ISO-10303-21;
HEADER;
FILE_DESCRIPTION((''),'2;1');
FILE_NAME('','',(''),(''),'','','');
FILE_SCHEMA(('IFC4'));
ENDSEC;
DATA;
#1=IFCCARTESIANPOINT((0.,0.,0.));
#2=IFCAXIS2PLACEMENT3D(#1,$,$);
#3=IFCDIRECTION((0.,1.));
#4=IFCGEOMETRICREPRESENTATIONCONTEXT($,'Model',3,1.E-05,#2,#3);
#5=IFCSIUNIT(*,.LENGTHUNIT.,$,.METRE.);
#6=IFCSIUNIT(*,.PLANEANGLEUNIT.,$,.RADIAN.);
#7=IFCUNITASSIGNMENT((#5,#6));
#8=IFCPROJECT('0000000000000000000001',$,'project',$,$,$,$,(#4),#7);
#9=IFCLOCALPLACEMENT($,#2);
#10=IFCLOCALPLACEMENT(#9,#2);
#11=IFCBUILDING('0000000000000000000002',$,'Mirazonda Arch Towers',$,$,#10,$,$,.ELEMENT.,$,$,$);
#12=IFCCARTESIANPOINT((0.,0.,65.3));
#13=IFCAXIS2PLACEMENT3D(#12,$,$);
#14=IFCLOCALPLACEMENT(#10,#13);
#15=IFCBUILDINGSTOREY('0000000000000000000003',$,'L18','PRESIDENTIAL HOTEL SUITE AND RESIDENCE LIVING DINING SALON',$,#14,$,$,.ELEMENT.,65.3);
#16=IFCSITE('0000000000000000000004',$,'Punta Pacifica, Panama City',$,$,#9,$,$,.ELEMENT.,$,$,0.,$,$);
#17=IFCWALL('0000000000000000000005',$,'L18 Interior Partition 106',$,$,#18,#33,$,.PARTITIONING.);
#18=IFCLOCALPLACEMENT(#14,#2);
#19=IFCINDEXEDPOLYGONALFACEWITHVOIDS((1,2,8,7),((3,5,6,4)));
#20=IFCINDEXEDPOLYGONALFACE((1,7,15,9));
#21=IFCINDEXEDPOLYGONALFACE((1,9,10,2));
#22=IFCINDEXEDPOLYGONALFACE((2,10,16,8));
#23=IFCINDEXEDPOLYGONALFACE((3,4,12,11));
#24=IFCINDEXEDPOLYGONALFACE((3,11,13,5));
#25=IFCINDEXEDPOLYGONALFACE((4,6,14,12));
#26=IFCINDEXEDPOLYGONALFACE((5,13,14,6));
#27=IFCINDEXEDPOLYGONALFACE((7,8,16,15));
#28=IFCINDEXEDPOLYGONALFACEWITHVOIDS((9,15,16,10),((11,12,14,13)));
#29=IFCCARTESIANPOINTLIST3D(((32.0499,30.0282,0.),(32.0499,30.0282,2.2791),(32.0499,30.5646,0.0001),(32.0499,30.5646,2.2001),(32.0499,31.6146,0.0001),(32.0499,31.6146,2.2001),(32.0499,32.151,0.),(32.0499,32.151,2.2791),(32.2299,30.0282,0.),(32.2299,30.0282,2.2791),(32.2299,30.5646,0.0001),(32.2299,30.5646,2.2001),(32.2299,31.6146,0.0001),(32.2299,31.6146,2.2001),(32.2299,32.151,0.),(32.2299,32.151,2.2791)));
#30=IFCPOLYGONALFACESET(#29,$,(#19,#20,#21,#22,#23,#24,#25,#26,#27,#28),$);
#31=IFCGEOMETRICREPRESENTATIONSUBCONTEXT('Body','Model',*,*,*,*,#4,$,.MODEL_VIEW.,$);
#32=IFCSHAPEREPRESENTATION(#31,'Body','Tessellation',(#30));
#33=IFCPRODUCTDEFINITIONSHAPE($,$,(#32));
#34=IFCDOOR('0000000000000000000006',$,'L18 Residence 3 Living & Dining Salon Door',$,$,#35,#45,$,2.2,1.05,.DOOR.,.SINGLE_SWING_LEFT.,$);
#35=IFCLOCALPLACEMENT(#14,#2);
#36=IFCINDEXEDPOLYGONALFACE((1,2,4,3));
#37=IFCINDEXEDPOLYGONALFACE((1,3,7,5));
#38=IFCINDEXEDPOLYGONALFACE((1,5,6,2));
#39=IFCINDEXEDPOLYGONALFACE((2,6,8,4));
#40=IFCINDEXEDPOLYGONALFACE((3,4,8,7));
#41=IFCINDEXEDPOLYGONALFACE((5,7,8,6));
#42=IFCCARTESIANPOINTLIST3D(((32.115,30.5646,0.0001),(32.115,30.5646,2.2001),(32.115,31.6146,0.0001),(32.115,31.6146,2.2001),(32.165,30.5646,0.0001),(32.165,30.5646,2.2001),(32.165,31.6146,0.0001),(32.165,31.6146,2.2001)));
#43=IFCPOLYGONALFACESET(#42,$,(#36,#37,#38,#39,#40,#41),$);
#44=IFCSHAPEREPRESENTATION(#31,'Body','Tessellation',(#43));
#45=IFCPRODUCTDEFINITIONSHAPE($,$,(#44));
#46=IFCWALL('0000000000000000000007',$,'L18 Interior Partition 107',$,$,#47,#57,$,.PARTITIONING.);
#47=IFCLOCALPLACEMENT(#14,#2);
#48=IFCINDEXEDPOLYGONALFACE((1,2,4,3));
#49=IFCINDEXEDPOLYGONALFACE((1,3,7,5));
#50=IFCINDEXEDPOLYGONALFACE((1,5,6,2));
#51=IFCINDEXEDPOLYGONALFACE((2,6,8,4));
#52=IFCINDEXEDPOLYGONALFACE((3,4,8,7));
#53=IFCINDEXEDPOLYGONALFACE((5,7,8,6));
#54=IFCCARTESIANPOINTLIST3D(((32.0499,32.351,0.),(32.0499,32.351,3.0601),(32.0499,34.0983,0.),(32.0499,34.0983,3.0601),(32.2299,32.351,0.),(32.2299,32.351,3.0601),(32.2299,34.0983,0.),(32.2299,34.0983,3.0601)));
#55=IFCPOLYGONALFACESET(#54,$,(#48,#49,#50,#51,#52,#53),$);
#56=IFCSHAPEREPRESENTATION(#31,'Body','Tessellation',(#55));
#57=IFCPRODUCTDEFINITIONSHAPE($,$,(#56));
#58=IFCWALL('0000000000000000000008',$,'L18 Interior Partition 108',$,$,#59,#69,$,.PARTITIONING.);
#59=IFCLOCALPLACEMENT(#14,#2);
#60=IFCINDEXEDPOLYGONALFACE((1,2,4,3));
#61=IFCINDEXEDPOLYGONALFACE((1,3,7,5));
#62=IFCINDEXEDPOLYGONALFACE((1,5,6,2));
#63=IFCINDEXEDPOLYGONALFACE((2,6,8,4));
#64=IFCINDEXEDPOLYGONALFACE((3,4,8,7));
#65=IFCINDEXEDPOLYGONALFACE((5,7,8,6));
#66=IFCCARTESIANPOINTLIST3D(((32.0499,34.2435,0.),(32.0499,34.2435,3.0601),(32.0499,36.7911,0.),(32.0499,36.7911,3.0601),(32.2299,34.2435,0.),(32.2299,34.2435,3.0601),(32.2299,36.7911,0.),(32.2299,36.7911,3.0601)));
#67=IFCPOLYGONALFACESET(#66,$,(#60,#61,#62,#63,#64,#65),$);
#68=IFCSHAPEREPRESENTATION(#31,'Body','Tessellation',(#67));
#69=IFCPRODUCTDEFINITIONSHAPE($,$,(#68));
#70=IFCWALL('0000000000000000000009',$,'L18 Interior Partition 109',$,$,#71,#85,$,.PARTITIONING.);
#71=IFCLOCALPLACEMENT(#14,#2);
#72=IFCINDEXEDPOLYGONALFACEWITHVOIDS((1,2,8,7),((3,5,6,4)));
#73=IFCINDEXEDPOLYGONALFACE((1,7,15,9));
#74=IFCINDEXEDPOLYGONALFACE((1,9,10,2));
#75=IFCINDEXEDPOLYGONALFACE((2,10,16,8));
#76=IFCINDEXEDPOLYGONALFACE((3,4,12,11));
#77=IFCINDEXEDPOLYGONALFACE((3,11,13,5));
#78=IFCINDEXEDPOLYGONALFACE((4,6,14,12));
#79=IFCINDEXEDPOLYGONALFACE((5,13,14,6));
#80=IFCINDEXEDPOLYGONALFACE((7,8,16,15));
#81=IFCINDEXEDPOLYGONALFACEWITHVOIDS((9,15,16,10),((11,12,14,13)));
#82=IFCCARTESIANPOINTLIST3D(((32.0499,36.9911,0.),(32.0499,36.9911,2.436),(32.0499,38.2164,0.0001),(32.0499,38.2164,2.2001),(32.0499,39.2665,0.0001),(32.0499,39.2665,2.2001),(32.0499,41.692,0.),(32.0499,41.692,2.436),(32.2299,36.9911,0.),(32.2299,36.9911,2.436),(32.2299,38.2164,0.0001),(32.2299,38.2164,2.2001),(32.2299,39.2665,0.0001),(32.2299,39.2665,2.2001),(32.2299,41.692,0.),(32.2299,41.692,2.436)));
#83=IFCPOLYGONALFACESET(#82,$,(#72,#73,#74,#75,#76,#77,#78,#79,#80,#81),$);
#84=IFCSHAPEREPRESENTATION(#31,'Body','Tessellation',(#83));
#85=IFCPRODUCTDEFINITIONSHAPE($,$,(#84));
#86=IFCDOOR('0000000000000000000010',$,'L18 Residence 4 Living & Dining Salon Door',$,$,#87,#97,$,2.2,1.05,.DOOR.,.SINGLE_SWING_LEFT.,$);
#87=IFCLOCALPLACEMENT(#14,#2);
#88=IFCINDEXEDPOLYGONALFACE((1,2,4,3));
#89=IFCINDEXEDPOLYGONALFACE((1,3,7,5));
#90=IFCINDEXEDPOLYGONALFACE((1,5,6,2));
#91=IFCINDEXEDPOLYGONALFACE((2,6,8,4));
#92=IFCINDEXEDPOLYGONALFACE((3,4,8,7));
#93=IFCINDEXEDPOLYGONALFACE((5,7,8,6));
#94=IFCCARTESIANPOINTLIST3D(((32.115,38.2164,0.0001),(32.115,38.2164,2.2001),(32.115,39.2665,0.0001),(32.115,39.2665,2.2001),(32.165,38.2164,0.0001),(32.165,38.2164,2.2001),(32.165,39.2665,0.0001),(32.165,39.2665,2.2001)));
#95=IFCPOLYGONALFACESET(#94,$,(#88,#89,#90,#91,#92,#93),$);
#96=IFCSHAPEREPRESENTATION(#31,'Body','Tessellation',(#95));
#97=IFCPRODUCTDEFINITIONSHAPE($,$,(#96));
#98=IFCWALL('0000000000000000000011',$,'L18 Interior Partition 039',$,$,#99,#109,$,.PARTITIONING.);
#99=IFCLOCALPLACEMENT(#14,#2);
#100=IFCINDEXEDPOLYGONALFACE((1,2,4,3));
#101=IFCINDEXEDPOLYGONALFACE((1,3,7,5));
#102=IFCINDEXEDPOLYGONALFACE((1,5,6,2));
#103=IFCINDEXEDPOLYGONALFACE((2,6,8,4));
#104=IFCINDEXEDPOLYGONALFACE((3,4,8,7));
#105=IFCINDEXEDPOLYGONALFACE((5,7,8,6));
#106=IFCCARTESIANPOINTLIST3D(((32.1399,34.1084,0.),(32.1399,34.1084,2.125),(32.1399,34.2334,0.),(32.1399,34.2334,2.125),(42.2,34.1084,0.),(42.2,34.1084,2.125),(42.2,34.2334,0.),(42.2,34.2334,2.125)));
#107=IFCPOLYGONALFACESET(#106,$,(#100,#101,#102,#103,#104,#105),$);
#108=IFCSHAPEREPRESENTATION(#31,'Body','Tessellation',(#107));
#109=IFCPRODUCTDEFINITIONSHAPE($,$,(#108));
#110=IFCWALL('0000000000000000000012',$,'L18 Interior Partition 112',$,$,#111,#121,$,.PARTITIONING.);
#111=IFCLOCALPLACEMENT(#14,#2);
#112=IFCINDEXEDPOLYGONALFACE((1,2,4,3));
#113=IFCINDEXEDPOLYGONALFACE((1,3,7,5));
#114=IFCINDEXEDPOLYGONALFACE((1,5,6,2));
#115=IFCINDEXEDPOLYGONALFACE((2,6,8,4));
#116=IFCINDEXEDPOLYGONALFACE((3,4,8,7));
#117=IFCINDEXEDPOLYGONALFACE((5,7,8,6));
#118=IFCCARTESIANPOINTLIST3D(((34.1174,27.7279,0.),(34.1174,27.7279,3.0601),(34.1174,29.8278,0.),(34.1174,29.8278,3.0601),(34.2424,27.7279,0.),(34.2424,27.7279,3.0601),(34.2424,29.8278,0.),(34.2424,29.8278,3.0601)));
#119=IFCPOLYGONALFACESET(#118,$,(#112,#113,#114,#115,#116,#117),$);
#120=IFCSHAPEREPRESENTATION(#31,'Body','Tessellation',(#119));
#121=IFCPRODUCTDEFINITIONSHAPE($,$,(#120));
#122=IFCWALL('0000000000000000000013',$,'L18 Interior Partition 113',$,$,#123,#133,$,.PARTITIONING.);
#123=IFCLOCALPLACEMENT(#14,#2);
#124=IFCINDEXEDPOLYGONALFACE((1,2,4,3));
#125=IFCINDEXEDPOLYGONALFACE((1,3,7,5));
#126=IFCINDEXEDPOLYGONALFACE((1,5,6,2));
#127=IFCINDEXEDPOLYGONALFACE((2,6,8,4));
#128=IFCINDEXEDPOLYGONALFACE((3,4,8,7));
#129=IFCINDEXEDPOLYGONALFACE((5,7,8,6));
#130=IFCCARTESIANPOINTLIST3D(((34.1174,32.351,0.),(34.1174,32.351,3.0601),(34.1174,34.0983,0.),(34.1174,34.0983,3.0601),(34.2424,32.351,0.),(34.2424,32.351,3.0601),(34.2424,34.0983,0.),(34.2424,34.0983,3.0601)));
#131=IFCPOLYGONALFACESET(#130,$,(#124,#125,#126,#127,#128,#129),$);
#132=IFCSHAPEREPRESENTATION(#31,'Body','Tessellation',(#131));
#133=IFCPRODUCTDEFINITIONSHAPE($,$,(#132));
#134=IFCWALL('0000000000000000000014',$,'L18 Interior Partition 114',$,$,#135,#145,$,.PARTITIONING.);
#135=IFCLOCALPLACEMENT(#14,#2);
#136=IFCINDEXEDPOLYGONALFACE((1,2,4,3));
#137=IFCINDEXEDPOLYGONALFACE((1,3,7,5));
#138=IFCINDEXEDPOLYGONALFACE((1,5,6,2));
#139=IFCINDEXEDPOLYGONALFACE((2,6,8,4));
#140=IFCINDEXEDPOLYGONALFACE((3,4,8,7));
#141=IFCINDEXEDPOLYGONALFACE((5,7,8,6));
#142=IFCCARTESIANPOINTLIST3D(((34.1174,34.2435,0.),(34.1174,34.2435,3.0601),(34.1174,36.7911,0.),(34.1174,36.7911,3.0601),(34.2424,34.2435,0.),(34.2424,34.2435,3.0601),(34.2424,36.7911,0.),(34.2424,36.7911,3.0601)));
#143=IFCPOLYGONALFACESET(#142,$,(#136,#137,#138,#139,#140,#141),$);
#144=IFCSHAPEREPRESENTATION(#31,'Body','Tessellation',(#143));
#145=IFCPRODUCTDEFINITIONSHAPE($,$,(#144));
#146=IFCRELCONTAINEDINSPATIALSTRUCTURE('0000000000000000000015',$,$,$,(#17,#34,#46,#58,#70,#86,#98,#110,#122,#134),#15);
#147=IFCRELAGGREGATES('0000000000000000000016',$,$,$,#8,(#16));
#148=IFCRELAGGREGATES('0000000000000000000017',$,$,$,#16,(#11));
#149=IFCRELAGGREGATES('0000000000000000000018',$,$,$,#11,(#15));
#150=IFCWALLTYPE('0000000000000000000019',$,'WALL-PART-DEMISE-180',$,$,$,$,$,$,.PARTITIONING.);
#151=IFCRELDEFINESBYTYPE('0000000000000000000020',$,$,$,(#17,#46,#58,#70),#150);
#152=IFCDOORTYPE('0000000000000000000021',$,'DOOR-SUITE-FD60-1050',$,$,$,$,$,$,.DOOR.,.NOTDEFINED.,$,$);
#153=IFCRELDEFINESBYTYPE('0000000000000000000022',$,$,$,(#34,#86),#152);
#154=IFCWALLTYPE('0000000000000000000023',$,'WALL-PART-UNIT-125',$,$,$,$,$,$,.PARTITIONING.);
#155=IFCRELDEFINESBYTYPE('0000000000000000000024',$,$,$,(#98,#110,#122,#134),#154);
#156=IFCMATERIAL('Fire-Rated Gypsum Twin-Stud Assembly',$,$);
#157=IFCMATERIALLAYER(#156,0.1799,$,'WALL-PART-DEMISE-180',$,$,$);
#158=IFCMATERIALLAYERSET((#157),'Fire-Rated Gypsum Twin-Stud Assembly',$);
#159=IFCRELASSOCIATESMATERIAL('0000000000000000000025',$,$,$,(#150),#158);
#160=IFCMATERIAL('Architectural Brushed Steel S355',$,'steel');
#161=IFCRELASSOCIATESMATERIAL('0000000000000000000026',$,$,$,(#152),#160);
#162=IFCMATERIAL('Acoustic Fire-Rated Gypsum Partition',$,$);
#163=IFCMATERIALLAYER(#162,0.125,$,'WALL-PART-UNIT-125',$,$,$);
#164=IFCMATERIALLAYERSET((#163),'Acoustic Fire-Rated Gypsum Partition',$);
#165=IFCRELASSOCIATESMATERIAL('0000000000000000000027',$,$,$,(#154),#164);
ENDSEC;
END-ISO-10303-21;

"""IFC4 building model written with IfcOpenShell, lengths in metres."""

from ifc_helpers import new_model, si_unit, direction, frame, frame_2d, origin, place, context, subcontext, project, spatial, rectangle, extrude, material, layer, layer_set, type_object, element, fill, save


model = new_model("IFC4")

# Units and contexts
model_context = context("Model", 3, precision=1e-05, world=origin(), true_north=direction((0.0, 1.0)))
body_context = subcontext(model_context, "Body", "Model", "MODEL_VIEW")
ifc_project = project(units=[si_unit("LENGTHUNIT", "METRE"), si_unit("PLANEANGLEUNIT", "RADIAN")], contexts=[model_context])

# Site, building, storey
site_placement = place(None, origin())
site = spatial("IfcSite", under=ifc_project, at=site_placement, Name="Punta Pacifica, Panama City", CompositionType="ELEMENT", RefElevation=0.0)
building_placement = place(site_placement, origin())
building = spatial("IfcBuilding", under=site, at=building_placement, Name="Mirazonda Arch Towers", CompositionType="ELEMENT")
storey_placement = place(building_placement, frame((0.0, 0.0, 65.3)))
storey = spatial("IfcBuildingStorey", under=building, at=storey_placement, Name="L18", Description="PRESIDENTIAL HOTEL SUITE AND RESIDENCE LIVING DINING SALON", CompositionType="ELEMENT", Elevation=65.3)

# Shared definitions
ifc_material_1 = material(Name="Fire-Rated Gypsum Twin-Stud Assembly")
ifc_layer_1 = layer(ifc_material_1, 0.1799, Name="WALL-PART-DEMISE-180")
ifc_layer_set_1 = layer_set([ifc_layer_1], Name="Fire-Rated Gypsum Twin-Stud Assembly")
wall_type_1 = type_object("IfcWallType", Name="WALL-PART-DEMISE-180", PredefinedType="PARTITIONING", material=ifc_layer_set_1)
ifc_material_2 = material(Name="Architectural Brushed Steel S355", Category="steel")

# Wall, opening, door
wall_1_placement = place(storey_placement, frame((32.1399, 30.0281, 0.0), z_axis=(0.0, 0.0, 1.0), x_axis=(0.0, 1.0, 0.0)))
wall_1 = element("IfcWall", 1, at=wall_1_placement, inside=storey, type_object=wall_type_1, Name="L18 Interior Partition 106", PredefinedType="PARTITIONING", context=body_context, shape_type="SweptSolid", body=[
    extrude(rectangle(XDim=2.1228, YDim=0.1799, at=frame_2d((1.0615, 0.0))), origin(), (0.0, 0.0, 1.0), 2.2791),
])
opening_1_placement = place(wall_1_placement, frame((0.5366, 0.0, 0.0)))
opening_1 = element("IfcOpeningElement", 2, at=opening_1_placement, cuts=wall_1, PredefinedType="OPENING", context=body_context, shape_type="SweptSolid", body=[
    extrude(rectangle(XDim=1.05, YDim=2.2, at=frame_2d((0.5249, 1.1001))), frame((0.0, 0.0999, 0.0), z_axis=(0.0, -1.0, 0.0), x_axis=(1.0, 0.0, 0.0)), (0.0, 0.0, 1.0), 0.2),
])
door_type_1 = type_object("IfcDoorType", Name="DOOR-SUITE-FD60-1050", OperationType="NOTDEFINED", PredefinedType="DOOR", material=ifc_material_2)
door_1_placement = place(opening_1_placement, origin())
door_1 = element("IfcDoor", 3, at=door_1_placement, inside=storey, type_object=door_type_1, Name="L18 Residence 3 Living & Dining Salon Door", OperationType="SINGLE_SWING_LEFT", OverallHeight=2.2, OverallWidth=1.05, PredefinedType="DOOR", context=body_context, shape_type="SweptSolid", body=[
    extrude(rectangle(XDim=1.05, YDim=2.2, at=frame_2d((0.5249, 1.1001))), frame((0.0, 0.0249, 0.0), z_axis=(0.0, -1.0, 0.0), x_axis=(1.0, 0.0, 0.0)), (0.0, 0.0, 1.0), 0.05),
])
fill(opening_1, door_1)

# Walls
wall_2_placement = place(storey_placement, frame((32.1399, 32.3511, 0.0), z_axis=(0.0, 0.0, 1.0), x_axis=(0.0, 1.0, 0.0)))
element("IfcWall", 4, at=wall_2_placement, inside=storey, type_object=wall_type_1, Name="L18 Interior Partition 107", PredefinedType="PARTITIONING", context=body_context, shape_type="SweptSolid", body=[
    extrude(rectangle(XDim=1.7473, YDim=0.1799, at=frame_2d((0.8735, 0.0))), origin(), (0.0, 0.0, 1.0), 3.0601),
])
wall_3_placement = place(storey_placement, frame((32.1399, 34.2434, 0.0), z_axis=(0.0, 0.0, 1.0), x_axis=(0.0, 1.0, 0.0)))
element("IfcWall", 5, at=wall_3_placement, inside=storey, type_object=wall_type_1, Name="L18 Interior Partition 108", PredefinedType="PARTITIONING", context=body_context, shape_type="SweptSolid", body=[
    extrude(rectangle(XDim=2.5476, YDim=0.1799, at=frame_2d((1.2739, 0.0))), origin(), (0.0, 0.0, 1.0), 3.0601),
])

# Wall, opening, door
wall_4_placement = place(storey_placement, frame((32.1399, 36.991, 0.0), z_axis=(0.0, 0.0, 1.0), x_axis=(0.0, 1.0, 0.0)))
wall_4 = element("IfcWall", 6, at=wall_4_placement, inside=storey, type_object=wall_type_1, Name="L18 Interior Partition 109", PredefinedType="PARTITIONING", context=body_context, shape_type="SweptSolid", body=[
    extrude(rectangle(XDim=4.7009, YDim=0.1799, at=frame_2d((2.3506, 0.0))), origin(), (0.0, 0.0, 1.0), 2.436),
])
opening_2_placement = place(wall_4_placement, frame((1.2256, 0.0, 0.0)))
opening_2 = element("IfcOpeningElement", 7, at=opening_2_placement, cuts=wall_4, PredefinedType="OPENING", context=body_context, shape_type="SweptSolid", body=[
    extrude(rectangle(XDim=1.05, YDim=2.2, at=frame_2d((0.5249, 1.1001))), frame((0.0, 0.0999, 0.0), z_axis=(0.0, -1.0, 0.0), x_axis=(1.0, 0.0, 0.0)), (0.0, 0.0, 1.0), 0.2),
])
door_2_placement = place(opening_2_placement, origin())
door_2 = element("IfcDoor", 8, at=door_2_placement, inside=storey, type_object=door_type_1, Name="L18 Residence 4 Living & Dining Salon Door", OperationType="SINGLE_SWING_LEFT", OverallHeight=2.2, OverallWidth=1.05, PredefinedType="DOOR", context=body_context, shape_type="SweptSolid", body=[
    extrude(rectangle(XDim=1.05, YDim=2.2, at=frame_2d((0.5249, 1.1001))), frame((0.0, 0.0249, 0.0), z_axis=(0.0, -1.0, 0.0), x_axis=(1.0, 0.0, 0.0)), (0.0, 0.0, 1.0), 0.05),
])
fill(opening_2, door_2)

# Walls
ifc_material_3 = material(Name="Acoustic Fire-Rated Gypsum Partition")
ifc_layer_2 = layer(ifc_material_3, 0.125, Name="WALL-PART-UNIT-125")
ifc_layer_set_2 = layer_set([ifc_layer_2], Name="Acoustic Fire-Rated Gypsum Partition")
wall_type_2 = type_object("IfcWallType", Name="WALL-PART-UNIT-125", PredefinedType="PARTITIONING", material=ifc_layer_set_2)
wall_5_placement = place(storey_placement, frame((32.1399, 34.1709, 0.0), z_axis=(0.0, 0.0, 1.0), x_axis=(1.0, 0.0, 0.0)))
element("IfcWall", 9, at=wall_5_placement, inside=storey, type_object=wall_type_2, Name="L18 Interior Partition 039", PredefinedType="PARTITIONING", context=body_context, shape_type="SweptSolid", body=[
    extrude(rectangle(XDim=10.0601, YDim=0.125, at=frame_2d((5.03, 0.0))), origin(), (0.0, 0.0, 1.0), 2.125),
])
wall_6_placement = place(storey_placement, frame((34.1799, 27.728, 0.0), z_axis=(0.0, 0.0, 1.0), x_axis=(0.0, 1.0, 0.0)))
element("IfcWall", 10, at=wall_6_placement, inside=storey, type_object=wall_type_2, Name="L18 Interior Partition 112", PredefinedType="PARTITIONING", context=body_context, shape_type="SweptSolid", body=[
    extrude(rectangle(XDim=2.0999, YDim=0.125, at=frame_2d((1.0498, 0.0))), origin(), (0.0, 0.0, 1.0), 3.0601),
])
wall_7_placement = place(storey_placement, frame((34.1799, 32.3511, 0.0), z_axis=(0.0, 0.0, 1.0), x_axis=(0.0, 1.0, 0.0)))
element("IfcWall", 11, at=wall_7_placement, inside=storey, type_object=wall_type_2, Name="L18 Interior Partition 113", PredefinedType="PARTITIONING", context=body_context, shape_type="SweptSolid", body=[
    extrude(rectangle(XDim=1.7473, YDim=0.125, at=frame_2d((0.8735, 0.0))), origin(), (0.0, 0.0, 1.0), 3.0601),
])
wall_8_placement = place(storey_placement, frame((34.1799, 34.2434, 0.0), z_axis=(0.0, 0.0, 1.0), x_axis=(0.0, 1.0, 0.0)))
element("IfcWall", 12, at=wall_8_placement, inside=storey, type_object=wall_type_2, Name="L18 Interior Partition 114", PredefinedType="PARTITIONING", context=body_context, shape_type="SweptSolid", body=[
    extrude(rectangle(XDim=2.5476, YDim=0.125, at=frame_2d((1.2739, 0.0))), origin(), (0.0, 0.0, 1.0), 3.0601),
])

save(model, "model.ifc")
